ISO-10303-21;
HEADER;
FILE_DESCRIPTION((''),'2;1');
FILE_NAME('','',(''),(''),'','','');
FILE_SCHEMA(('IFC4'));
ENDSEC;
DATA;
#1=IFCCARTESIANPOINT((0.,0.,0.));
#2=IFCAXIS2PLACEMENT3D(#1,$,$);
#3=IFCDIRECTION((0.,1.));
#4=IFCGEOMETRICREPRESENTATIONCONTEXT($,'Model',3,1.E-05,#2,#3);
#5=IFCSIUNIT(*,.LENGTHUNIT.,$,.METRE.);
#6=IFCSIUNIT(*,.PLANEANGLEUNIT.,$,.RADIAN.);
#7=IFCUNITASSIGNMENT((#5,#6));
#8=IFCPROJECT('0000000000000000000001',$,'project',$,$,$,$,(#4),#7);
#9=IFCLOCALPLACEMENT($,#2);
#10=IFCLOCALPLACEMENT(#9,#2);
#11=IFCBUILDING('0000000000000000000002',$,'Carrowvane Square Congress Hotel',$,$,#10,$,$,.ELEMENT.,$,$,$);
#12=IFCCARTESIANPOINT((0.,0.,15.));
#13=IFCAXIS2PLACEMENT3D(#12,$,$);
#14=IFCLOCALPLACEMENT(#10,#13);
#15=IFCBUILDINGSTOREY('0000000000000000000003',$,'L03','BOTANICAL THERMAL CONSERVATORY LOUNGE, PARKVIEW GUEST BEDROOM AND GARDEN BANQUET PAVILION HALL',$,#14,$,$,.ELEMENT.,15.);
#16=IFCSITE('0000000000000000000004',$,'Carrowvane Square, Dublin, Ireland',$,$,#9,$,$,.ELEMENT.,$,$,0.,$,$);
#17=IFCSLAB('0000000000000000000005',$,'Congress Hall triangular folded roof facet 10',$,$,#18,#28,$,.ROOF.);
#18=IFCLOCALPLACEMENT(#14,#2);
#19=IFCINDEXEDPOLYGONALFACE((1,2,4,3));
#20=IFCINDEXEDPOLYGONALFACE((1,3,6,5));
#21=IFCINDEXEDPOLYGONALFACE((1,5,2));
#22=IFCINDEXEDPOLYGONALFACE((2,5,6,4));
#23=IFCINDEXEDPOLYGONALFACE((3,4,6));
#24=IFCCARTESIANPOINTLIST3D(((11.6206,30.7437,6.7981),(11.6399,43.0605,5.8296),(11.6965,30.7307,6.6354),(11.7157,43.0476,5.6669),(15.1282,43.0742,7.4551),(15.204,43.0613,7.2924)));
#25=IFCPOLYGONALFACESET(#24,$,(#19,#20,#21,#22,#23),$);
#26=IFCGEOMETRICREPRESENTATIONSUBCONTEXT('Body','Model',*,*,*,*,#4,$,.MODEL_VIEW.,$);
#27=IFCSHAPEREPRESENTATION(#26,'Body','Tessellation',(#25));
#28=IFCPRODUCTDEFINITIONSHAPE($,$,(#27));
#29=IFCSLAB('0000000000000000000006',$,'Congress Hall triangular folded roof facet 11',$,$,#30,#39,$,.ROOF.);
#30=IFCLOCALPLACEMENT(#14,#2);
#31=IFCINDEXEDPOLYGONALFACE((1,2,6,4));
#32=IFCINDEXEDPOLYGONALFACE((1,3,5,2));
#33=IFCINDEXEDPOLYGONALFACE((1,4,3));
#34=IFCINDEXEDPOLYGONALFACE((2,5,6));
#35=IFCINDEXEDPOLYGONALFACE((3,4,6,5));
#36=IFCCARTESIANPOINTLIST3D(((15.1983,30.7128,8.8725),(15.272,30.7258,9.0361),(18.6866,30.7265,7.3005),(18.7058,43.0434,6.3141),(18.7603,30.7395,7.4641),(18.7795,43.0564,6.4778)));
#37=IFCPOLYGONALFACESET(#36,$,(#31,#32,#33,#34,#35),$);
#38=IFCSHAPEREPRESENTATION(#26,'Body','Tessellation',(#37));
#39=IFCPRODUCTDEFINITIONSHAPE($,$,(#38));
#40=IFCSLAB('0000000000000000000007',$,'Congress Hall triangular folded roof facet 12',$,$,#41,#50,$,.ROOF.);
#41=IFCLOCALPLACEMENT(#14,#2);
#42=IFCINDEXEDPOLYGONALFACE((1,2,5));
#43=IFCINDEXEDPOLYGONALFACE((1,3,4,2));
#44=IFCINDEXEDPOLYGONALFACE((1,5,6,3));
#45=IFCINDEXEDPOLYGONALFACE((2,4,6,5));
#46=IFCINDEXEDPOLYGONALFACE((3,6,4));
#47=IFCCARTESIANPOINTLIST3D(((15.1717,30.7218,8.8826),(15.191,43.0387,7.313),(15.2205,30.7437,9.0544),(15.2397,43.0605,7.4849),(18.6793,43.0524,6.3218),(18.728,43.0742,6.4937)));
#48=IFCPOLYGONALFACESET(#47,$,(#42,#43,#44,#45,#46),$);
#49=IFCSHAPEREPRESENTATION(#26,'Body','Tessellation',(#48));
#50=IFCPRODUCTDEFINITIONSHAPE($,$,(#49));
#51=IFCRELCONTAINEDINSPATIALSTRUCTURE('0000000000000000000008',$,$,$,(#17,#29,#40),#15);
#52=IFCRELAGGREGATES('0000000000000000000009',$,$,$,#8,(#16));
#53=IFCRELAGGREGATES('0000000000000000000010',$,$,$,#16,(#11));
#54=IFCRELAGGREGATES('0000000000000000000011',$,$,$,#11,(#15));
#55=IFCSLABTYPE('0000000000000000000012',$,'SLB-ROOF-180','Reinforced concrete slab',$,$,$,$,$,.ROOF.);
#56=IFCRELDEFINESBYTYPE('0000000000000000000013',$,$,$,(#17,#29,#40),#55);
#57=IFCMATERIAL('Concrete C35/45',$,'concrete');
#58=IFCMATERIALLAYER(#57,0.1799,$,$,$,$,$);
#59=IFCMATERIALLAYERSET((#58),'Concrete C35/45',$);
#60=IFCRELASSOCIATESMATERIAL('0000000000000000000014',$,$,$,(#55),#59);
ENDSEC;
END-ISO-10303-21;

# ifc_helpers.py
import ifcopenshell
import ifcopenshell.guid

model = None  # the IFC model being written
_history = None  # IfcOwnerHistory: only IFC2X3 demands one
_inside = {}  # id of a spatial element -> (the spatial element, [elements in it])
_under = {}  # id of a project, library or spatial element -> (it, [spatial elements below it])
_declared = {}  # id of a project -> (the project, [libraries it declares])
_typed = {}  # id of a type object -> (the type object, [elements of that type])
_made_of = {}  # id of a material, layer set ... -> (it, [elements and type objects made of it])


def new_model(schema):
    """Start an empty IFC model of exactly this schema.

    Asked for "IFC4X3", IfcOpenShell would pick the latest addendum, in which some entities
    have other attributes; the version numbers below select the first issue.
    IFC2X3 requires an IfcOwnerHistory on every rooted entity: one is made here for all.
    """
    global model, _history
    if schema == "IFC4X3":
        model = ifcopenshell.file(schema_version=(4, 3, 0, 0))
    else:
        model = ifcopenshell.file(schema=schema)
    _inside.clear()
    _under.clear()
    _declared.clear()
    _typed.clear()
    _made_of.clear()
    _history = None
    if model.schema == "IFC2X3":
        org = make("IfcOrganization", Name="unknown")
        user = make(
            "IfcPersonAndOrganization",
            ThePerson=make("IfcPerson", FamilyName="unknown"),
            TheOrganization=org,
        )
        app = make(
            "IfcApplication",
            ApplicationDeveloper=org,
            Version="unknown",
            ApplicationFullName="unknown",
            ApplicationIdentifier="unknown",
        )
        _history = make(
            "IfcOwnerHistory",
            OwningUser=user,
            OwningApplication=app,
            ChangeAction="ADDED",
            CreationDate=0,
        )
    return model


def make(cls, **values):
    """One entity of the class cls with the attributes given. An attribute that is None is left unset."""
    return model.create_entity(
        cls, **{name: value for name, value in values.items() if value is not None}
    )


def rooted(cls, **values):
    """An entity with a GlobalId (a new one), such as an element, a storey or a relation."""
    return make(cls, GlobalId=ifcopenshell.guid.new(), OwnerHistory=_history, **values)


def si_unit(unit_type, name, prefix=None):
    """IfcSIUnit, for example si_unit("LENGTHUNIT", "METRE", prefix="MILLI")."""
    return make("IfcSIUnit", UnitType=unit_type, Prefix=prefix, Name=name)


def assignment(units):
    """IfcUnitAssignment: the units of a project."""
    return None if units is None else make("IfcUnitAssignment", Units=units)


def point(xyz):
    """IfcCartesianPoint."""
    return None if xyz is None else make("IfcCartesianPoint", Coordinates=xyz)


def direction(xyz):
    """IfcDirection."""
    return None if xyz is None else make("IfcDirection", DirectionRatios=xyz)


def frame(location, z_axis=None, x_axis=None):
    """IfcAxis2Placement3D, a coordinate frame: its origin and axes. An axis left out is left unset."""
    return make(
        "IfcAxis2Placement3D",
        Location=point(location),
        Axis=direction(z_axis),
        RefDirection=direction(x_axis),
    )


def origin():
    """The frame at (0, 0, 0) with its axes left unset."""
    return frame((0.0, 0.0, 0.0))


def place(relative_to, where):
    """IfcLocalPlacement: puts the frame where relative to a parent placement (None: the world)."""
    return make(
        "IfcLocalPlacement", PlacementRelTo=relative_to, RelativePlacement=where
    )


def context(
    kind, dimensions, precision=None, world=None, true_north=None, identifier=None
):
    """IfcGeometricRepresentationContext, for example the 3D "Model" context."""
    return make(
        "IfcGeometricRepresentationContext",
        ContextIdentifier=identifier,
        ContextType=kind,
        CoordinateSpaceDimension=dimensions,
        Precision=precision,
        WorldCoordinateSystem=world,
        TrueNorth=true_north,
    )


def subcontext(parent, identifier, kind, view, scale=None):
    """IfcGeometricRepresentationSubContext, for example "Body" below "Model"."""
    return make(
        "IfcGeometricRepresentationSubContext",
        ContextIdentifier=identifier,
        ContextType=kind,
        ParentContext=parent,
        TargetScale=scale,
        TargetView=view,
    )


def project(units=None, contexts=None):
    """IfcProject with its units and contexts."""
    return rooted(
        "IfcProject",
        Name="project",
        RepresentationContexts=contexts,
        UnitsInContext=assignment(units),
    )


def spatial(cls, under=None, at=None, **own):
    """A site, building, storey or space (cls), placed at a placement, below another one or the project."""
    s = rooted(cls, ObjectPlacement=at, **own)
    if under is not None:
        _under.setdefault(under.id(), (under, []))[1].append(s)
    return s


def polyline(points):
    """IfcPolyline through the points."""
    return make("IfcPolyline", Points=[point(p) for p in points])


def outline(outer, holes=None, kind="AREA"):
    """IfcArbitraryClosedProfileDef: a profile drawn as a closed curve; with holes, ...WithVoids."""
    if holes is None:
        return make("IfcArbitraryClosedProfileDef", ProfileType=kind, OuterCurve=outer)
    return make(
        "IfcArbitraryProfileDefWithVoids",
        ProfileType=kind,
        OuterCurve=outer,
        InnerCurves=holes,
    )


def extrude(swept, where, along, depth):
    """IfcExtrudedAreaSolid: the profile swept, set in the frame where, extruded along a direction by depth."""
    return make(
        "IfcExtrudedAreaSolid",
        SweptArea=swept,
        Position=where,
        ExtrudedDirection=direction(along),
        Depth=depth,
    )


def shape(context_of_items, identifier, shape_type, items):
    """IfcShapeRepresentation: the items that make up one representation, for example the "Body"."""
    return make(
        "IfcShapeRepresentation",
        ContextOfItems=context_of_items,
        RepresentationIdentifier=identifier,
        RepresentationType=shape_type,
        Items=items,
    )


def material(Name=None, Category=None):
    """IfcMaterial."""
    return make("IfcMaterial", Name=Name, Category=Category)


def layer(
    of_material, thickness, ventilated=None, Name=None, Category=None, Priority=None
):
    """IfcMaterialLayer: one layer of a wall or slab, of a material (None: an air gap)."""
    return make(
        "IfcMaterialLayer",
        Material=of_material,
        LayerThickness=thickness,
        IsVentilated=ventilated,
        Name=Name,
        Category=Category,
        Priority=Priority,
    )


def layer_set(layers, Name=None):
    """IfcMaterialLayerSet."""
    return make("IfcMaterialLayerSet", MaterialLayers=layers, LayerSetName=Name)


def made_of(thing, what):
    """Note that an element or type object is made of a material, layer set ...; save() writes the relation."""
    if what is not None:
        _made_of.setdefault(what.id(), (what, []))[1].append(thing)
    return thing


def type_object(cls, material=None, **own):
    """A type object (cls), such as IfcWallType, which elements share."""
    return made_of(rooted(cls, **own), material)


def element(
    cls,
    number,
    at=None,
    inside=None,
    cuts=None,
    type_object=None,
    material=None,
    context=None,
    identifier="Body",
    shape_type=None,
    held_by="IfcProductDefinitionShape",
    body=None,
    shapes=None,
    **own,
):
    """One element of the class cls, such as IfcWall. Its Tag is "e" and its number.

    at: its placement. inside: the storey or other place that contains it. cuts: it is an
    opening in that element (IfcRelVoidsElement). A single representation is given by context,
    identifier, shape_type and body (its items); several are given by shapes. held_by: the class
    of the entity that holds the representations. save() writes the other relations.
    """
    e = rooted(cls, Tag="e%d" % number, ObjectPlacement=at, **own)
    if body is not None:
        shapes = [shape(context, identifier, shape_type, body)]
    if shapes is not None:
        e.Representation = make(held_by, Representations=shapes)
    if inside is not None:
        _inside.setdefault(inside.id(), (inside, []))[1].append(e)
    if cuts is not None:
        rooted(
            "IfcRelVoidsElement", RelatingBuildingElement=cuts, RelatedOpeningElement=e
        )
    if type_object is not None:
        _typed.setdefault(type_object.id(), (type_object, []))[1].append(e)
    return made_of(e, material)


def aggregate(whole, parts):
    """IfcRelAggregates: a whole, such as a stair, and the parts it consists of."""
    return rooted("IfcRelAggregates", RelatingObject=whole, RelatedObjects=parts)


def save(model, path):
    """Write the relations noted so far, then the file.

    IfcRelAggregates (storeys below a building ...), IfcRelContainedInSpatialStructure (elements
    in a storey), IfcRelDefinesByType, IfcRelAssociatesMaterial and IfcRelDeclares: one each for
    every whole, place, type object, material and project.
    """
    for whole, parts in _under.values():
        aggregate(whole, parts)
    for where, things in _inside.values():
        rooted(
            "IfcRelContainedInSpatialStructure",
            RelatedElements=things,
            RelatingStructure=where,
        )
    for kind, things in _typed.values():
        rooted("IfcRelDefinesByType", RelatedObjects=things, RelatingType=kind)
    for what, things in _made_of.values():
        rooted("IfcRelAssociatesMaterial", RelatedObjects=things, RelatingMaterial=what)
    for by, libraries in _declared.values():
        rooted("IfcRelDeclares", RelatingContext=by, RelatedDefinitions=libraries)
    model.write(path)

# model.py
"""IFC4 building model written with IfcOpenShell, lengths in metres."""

from ifc_helpers import new_model, si_unit, direction, frame, origin, place, context, subcontext, project, spatial, polyline, outline, extrude, material, layer, layer_set, type_object, element, save


model = new_model("IFC4")

# Units and contexts
model_context = context("Model", 3, precision=1e-05, world=origin(), true_north=direction((0.0, 1.0)))
body_context = subcontext(model_context, "Body", "Model", "MODEL_VIEW")
ifc_project = project(units=[si_unit("LENGTHUNIT", "METRE"), si_unit("PLANEANGLEUNIT", "RADIAN")], contexts=[model_context])

# Site, building, storey
site_placement = place(None, origin())
site = spatial("IfcSite", under=ifc_project, at=site_placement, Name="Carrowvane Square, Dublin, Ireland", CompositionType="ELEMENT", RefElevation=0.0)
building_placement = place(site_placement, origin())
building = spatial("IfcBuilding", under=site, at=building_placement, Name="Carrowvane Square Congress Hotel", CompositionType="ELEMENT")
storey_placement = place(building_placement, frame((0.0, 0.0, 15.0)))
storey = spatial("IfcBuildingStorey", under=building, at=storey_placement, Name="L03", Description="BOTANICAL THERMAL CONSERVATORY LOUNGE, PARKVIEW GUEST BEDROOM AND GARDEN BANQUET PAVILION HALL", CompositionType="ELEMENT", Elevation=15.0)

# Slabs
ifc_material_1 = material(Name="Concrete C35/45", Category="concrete")
ifc_layer_1 = layer(ifc_material_1, 0.1799)
ifc_layer_set_1 = layer_set([ifc_layer_1], Name="Concrete C35/45")
slab_type = type_object("IfcSlabType", Name="SLB-ROOF-180", Description="Reinforced concrete slab", PredefinedType="ROOF", material=ifc_layer_set_1)
slab_1_placement = place(storey_placement, frame((11.6206, 30.7437, 6.7981), z_axis=(-0.421521, 0.071742, 0.903976), x_axis=(0.273248, 0.960581, 0.051181)))
element("IfcSlab", 1, at=slab_1_placement, inside=storey, type_object=slab_type, Name="Congress Hall triangular folded roof facet 10", PredefinedType="ROOF", context=body_context, shape_type="SweptSolid", body=[
    extrude(outline(polyline([(0.0, 0.0), (12.8366, 0.0), (11.7871, 3.7026), (0.0, 0.0)])), origin(), (0.0, 0.0, -1.0), 0.1799),
])
slab_2_placement = place(storey_placement, frame((15.272, 30.7258, 9.0361), z_axis=(0.409556, 0.072185, 0.909424), x_axis=(0.911691, 0.003573, -0.410861)))
element("IfcSlab", 2, at=slab_2_placement, inside=storey, type_object=slab_type, Name="Congress Hall triangular folded roof facet 11", PredefinedType="ROOF", context=body_context, shape_type="SweptSolid", body=[
    extrude(outline(polyline([(0.0, 0.0), (3.8262, 0.0), (4.293, 12.3475), (0.0, 0.0)])), origin(), (0.0, 0.0, -1.0), 0.1799),
])
slab_3_placement = place(storey_placement, frame((15.2205, 30.7437, 9.0544), z_axis=(0.270877, 0.121267, 0.954945), x_axis=(0.268306, 0.943208, -0.195884)))
element("IfcSlab", 3, at=slab_3_placement, inside=storey, type_object=slab_type, Name="Congress Hall triangular folded roof facet 12", PredefinedType="ROOF", context=body_context, shape_type="SweptSolid", body=[
    extrude(outline(polyline([(0.0, 0.0), (13.073, 0.0), (11.93, 3.4416), (0.0, 0.0)])), origin(), (0.0, 0.0, -1.0), 0.1799),
])

save(model, "model.ifc")
